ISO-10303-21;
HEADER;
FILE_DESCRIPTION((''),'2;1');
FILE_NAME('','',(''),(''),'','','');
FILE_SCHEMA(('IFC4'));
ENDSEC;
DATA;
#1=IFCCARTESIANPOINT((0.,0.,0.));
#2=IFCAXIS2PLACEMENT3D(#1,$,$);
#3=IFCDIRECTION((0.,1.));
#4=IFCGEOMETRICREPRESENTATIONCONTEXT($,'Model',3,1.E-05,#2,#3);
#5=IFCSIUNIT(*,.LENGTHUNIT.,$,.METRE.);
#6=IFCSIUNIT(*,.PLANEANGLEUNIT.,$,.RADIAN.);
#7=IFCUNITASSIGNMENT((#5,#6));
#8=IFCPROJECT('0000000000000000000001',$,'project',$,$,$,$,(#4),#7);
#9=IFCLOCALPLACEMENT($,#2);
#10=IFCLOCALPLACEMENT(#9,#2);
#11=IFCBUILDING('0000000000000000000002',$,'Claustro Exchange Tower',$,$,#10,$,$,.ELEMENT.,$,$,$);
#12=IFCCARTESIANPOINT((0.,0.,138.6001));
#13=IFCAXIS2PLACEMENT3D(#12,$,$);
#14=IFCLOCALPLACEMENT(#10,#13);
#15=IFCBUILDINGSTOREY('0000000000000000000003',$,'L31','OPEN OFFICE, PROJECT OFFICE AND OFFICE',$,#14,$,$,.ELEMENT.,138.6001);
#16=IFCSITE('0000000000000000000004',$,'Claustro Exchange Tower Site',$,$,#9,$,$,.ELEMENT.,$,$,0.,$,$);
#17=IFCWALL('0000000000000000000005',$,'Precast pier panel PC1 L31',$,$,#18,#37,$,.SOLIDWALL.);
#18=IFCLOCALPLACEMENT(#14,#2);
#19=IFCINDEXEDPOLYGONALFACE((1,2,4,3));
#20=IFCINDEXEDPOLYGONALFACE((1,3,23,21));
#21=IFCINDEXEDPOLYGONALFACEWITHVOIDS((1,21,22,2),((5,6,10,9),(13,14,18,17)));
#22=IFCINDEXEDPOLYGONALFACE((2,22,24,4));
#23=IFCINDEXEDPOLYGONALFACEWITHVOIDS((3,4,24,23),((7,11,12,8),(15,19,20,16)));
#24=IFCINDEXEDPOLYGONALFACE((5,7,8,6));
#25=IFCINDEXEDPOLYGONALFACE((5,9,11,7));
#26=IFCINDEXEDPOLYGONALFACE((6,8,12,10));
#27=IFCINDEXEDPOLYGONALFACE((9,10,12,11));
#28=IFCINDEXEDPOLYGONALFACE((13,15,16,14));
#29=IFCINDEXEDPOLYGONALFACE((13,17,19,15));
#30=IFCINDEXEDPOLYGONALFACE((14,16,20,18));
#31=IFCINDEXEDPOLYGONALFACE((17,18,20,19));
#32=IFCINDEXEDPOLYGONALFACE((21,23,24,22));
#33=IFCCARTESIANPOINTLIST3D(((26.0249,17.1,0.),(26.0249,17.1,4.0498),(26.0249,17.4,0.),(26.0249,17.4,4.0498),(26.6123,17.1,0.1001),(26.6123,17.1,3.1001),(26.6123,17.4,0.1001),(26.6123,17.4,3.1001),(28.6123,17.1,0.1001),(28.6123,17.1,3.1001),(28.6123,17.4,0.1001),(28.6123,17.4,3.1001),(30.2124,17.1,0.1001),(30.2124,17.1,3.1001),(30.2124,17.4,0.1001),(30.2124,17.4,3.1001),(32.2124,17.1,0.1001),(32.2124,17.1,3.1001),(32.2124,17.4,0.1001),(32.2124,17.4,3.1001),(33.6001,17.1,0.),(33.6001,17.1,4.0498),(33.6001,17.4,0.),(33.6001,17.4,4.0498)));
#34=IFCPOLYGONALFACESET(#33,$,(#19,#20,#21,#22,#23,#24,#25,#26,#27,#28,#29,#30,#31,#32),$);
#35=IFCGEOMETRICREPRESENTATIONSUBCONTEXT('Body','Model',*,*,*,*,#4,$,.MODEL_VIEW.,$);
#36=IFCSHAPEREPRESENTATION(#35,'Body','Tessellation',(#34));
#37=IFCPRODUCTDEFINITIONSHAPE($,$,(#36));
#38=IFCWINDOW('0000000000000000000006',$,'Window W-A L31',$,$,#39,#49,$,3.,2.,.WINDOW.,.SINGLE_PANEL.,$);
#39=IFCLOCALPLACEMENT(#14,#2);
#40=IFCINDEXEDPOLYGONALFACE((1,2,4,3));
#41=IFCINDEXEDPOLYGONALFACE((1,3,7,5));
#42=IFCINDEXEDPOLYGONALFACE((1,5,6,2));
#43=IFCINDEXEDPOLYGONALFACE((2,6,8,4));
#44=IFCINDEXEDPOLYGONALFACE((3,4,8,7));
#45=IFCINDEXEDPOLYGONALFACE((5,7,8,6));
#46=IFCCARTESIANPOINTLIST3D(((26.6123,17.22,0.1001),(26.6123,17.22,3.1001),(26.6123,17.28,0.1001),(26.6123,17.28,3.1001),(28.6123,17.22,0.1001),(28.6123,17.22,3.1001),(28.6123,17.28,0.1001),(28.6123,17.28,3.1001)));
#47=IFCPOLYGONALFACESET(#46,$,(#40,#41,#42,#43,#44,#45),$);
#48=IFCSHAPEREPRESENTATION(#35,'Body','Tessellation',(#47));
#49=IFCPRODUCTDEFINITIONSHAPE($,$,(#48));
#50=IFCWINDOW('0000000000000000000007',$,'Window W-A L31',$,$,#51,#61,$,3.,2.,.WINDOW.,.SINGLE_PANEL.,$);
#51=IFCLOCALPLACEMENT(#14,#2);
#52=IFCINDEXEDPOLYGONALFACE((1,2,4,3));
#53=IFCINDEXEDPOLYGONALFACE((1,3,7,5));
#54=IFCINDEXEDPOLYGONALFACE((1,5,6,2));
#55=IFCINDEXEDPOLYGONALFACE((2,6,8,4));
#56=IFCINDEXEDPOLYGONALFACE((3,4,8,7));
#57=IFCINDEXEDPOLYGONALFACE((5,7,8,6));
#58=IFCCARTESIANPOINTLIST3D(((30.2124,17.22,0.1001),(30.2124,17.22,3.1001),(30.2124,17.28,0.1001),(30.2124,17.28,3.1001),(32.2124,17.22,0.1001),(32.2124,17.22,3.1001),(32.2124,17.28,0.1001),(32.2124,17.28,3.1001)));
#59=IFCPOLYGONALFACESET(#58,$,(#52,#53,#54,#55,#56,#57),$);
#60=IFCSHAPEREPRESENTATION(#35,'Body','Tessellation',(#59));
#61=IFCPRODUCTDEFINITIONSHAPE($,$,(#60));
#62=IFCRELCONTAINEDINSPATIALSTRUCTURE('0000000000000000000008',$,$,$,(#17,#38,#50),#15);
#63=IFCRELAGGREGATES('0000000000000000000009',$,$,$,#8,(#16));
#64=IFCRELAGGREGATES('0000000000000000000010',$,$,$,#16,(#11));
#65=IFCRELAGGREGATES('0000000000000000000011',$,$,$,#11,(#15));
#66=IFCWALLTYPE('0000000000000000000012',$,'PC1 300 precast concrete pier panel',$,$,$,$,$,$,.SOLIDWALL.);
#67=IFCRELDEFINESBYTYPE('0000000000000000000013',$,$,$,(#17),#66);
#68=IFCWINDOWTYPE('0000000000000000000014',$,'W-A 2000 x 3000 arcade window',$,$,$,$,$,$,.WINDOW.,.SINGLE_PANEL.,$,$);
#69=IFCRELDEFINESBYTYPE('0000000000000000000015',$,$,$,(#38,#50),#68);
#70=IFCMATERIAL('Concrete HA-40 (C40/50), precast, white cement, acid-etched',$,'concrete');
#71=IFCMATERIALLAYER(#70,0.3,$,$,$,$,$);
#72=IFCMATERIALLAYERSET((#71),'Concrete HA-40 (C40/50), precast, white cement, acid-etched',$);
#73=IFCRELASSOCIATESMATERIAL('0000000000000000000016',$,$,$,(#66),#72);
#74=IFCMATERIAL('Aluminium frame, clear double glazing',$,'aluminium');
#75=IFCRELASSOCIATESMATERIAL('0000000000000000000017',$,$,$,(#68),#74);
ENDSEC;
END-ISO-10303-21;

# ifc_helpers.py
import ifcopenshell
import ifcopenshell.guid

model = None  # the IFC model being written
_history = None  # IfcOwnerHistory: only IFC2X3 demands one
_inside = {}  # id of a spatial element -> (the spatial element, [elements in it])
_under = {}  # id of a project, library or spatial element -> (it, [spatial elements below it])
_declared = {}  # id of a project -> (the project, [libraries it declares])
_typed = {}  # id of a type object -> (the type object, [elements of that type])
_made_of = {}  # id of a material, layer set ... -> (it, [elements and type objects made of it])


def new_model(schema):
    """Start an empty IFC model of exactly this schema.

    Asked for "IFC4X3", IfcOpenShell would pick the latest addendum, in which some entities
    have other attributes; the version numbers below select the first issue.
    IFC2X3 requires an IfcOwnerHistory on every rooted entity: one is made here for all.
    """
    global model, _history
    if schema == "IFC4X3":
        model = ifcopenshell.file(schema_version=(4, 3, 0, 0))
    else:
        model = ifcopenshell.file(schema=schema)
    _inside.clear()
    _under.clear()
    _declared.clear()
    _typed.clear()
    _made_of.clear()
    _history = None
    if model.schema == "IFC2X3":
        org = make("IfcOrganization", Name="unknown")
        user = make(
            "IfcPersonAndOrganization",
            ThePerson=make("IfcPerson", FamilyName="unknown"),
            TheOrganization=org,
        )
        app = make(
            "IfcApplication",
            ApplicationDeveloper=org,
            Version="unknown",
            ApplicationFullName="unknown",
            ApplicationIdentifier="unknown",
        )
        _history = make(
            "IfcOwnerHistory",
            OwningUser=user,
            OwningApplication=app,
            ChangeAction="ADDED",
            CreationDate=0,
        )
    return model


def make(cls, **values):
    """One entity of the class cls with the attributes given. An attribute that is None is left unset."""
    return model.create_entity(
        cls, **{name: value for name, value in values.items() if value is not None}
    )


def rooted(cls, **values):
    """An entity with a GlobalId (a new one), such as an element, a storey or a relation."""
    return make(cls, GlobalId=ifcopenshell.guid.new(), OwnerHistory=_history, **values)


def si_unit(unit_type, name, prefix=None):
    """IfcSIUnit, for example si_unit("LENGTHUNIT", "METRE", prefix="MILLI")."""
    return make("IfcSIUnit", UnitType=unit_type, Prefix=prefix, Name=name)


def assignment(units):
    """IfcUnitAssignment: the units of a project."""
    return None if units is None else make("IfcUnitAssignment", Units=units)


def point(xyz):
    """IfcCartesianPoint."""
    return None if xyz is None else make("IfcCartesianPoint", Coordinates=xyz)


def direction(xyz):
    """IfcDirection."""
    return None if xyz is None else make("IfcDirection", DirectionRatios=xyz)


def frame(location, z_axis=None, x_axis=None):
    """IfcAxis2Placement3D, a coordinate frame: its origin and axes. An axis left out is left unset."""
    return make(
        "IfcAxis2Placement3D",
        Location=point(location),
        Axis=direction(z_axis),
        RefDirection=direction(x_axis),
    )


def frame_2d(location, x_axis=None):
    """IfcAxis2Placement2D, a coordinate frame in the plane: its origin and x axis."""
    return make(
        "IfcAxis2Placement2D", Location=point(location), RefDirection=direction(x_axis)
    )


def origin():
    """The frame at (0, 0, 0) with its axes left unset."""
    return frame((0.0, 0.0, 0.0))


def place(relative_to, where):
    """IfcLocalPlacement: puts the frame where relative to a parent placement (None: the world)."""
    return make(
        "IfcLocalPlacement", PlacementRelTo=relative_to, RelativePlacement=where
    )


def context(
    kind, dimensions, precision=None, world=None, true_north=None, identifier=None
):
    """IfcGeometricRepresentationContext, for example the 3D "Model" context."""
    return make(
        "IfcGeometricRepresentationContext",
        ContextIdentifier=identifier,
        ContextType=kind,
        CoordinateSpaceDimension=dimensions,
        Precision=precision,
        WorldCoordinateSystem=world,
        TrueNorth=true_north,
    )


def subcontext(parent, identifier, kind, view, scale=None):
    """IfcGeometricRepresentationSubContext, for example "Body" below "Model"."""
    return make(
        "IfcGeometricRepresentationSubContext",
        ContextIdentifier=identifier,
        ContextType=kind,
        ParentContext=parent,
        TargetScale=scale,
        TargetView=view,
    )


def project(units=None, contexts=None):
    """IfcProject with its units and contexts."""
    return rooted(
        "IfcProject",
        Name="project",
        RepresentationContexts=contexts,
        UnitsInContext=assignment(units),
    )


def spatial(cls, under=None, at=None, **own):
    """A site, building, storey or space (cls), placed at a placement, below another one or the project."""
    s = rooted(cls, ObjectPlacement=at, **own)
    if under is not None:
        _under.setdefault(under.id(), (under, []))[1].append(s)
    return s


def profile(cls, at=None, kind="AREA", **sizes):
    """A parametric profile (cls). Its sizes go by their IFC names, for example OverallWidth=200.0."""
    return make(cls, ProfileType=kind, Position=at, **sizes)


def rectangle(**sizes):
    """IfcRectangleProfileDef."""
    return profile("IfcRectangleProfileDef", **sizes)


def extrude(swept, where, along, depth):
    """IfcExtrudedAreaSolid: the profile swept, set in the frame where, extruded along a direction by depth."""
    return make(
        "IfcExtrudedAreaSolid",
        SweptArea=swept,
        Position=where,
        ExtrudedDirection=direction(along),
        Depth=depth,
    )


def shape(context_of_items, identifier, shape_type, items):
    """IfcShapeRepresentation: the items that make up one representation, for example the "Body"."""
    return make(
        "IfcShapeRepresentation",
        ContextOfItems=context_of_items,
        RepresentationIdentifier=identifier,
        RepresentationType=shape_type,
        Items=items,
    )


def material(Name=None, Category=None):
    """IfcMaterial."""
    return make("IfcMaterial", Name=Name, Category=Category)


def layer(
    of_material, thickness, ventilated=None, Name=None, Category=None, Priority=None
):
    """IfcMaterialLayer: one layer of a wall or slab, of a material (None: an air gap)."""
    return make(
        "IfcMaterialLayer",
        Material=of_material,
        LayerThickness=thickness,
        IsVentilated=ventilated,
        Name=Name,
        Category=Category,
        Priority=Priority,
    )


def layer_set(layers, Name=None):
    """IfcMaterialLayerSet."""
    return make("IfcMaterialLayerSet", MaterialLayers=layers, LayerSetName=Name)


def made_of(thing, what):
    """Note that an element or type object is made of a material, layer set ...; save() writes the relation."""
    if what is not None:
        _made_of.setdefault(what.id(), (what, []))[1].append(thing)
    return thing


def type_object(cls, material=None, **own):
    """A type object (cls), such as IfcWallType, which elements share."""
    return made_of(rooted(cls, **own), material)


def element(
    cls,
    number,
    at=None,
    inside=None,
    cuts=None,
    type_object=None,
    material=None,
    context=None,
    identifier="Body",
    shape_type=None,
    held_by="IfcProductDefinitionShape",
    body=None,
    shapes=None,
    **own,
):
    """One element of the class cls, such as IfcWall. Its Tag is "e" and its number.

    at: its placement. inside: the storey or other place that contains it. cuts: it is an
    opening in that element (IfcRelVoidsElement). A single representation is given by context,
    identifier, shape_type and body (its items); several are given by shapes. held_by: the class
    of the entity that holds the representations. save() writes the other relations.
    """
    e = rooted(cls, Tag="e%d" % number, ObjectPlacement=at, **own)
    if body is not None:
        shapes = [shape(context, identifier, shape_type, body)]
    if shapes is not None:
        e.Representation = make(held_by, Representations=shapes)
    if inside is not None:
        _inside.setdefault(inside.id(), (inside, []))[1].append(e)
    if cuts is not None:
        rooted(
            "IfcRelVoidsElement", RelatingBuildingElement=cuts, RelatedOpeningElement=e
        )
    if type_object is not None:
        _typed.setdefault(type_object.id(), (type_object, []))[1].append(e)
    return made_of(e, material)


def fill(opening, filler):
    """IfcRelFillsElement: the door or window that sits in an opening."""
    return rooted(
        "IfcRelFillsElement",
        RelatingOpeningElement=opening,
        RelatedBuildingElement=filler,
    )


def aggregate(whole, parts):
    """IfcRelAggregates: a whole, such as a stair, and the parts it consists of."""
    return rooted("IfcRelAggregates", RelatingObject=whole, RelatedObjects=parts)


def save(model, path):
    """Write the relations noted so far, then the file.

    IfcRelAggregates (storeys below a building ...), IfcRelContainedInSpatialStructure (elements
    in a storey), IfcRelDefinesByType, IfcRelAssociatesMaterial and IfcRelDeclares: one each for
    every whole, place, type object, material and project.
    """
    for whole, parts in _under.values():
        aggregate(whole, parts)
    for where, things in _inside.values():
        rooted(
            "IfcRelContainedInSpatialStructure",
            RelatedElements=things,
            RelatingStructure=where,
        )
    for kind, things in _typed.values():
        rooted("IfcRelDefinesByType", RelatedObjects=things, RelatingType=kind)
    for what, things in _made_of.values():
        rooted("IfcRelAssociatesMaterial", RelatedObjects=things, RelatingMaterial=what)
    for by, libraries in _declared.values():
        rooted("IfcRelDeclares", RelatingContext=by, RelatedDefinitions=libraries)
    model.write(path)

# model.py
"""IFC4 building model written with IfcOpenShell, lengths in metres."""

from ifc_helpers import new_model, si_unit, direction, frame, frame_2d, origin, place, context, subcontext, project, spatial, rectangle, extrude, material, layer, layer_set, type_object, element, fill, save


model = new_model("IFC4")

# Units and contexts
model_context = context("Model", 3, precision=1e-05, world=origin(), true_north=direction((0.0, 1.0)))
body_context = subcontext(model_context, "Body", "Model", "MODEL_VIEW")
ifc_project = project(units=[si_unit("LENGTHUNIT", "METRE"), si_unit("PLANEANGLEUNIT", "RADIAN")], contexts=[model_context])

# Site, building, storey
site_placement = place(None, origin())
site = spatial("IfcSite", under=ifc_project, at=site_placement, Name="Claustro Exchange Tower Site", CompositionType="ELEMENT", RefElevation=0.0)
building_placement = place(site_placement, origin())
building = spatial("IfcBuilding", under=site, at=building_placement, Name="Claustro Exchange Tower", CompositionType="ELEMENT")
storey_placement = place(building_placement, frame((0.0, 0.0, 138.6001)))
storey = spatial("IfcBuildingStorey", under=building, at=storey_placement, Name="L31", Description="OPEN OFFICE, PROJECT OFFICE AND OFFICE", CompositionType="ELEMENT", Elevation=138.6001)

# Shared definitions
ifc_material_1 = material(Name="Concrete HA-40 (C40/50), precast, white cement, acid-etched", Category="concrete")
ifc_layer_1 = layer(ifc_material_1, 0.3)
ifc_layer_set_1 = layer_set([ifc_layer_1], Name="Concrete HA-40 (C40/50), precast, white cement, acid-etched")
wall_type_1 = type_object("IfcWallType", Name="PC1 300 precast concrete pier panel", PredefinedType="SOLIDWALL", material=ifc_layer_set_1)
ifc_material_2 = material(Name="Aluminium frame, clear double glazing", Category="aluminium")
window_type = type_object("IfcWindowType", Name="W-A 2000 x 3000 arcade window", PartitioningType="SINGLE_PANEL", PredefinedType="WINDOW", material=ifc_material_2)

# Wall, openings, windows
wall_1_placement = place(storey_placement, frame((26.0249, 17.25, 0.0), z_axis=(0.0, 0.0, 1.0), x_axis=(1.0, 0.0, 0.0)))
wall_1 = element("IfcWall", 1, at=wall_1_placement, inside=storey, type_object=wall_type_1, Name="Precast pier panel PC1 L31", PredefinedType="SOLIDWALL", context=body_context, shape_type="SweptSolid", body=[
    extrude(rectangle(XDim=7.5752, YDim=0.3, at=frame_2d((3.7876, 0.0))), origin(), (0.0, 0.0, 1.0), 4.0498),
])
opening_1_placement = place(wall_1_placement, frame((0.5874, 0.0, 0.1001)))
opening_1 = element("IfcOpeningElement", 2, at=opening_1_placement, cuts=wall_1, PredefinedType="OPENING", context=body_context, shape_type="SweptSolid", body=[
    extrude(rectangle(XDim=2.0, YDim=3.0, at=frame_2d((1.0, 1.5))), frame((0.0, 0.1599, 0.0), z_axis=(0.0, -1.0, 0.0), x_axis=(1.0, 0.0, 0.0)), (0.0, 0.0, 1.0), 0.3201),
])
opening_2_placement = place(wall_1_placement, frame((4.1875, 0.0, 0.1001)))
opening_2 = element("IfcOpeningElement", 3, at=opening_2_placement, cuts=wall_1, PredefinedType="OPENING", context=body_context, shape_type="SweptSolid", body=[
    extrude(rectangle(XDim=2.0, YDim=3.0, at=frame_2d((1.0, 1.5))), frame((0.0, 0.1599, 0.0), z_axis=(0.0, -1.0, 0.0), x_axis=(1.0, 0.0, 0.0)), (0.0, 0.0, 1.0), 0.3201),
])
window_1_placement = place(opening_1_placement, origin())
window_1 = element("IfcWindow", 4, at=window_1_placement, inside=storey, type_object=window_type, Name="Window W-A L31", OverallHeight=3.0, OverallWidth=2.0, PartitioningType="SINGLE_PANEL", PredefinedType="WINDOW", context=body_context, shape_type="SweptSolid", body=[
    extrude(rectangle(XDim=2.0, YDim=3.0, at=frame_2d((1.0, 1.5))), frame((0.0, 0.03, 0.0), z_axis=(0.0, -1.0, 0.0), x_axis=(1.0, 0.0, 0.0)), (0.0, 0.0, 1.0), 0.0601),
])
fill(opening_1, window_1)
window_2_placement = place(opening_2_placement, origin())
window_2 = element("IfcWindow", 5, at=window_2_placement, inside=storey, type_object=window_type, Name="Window W-A L31", OverallHeight=3.0, OverallWidth=2.0, PartitioningType="SINGLE_PANEL", PredefinedType="WINDOW", context=body_context, shape_type="SweptSolid", body=[
    extrude(rectangle(XDim=2.0, YDim=3.0, at=frame_2d((1.0, 1.5))), frame((0.0, 0.03, 0.0), z_axis=(0.0, -1.0, 0.0), x_axis=(1.0, 0.0, 0.0)), (0.0, 0.0, 1.0), 0.0601),
])
fill(opening_2, window_2)

save(model, "model.ifc")
